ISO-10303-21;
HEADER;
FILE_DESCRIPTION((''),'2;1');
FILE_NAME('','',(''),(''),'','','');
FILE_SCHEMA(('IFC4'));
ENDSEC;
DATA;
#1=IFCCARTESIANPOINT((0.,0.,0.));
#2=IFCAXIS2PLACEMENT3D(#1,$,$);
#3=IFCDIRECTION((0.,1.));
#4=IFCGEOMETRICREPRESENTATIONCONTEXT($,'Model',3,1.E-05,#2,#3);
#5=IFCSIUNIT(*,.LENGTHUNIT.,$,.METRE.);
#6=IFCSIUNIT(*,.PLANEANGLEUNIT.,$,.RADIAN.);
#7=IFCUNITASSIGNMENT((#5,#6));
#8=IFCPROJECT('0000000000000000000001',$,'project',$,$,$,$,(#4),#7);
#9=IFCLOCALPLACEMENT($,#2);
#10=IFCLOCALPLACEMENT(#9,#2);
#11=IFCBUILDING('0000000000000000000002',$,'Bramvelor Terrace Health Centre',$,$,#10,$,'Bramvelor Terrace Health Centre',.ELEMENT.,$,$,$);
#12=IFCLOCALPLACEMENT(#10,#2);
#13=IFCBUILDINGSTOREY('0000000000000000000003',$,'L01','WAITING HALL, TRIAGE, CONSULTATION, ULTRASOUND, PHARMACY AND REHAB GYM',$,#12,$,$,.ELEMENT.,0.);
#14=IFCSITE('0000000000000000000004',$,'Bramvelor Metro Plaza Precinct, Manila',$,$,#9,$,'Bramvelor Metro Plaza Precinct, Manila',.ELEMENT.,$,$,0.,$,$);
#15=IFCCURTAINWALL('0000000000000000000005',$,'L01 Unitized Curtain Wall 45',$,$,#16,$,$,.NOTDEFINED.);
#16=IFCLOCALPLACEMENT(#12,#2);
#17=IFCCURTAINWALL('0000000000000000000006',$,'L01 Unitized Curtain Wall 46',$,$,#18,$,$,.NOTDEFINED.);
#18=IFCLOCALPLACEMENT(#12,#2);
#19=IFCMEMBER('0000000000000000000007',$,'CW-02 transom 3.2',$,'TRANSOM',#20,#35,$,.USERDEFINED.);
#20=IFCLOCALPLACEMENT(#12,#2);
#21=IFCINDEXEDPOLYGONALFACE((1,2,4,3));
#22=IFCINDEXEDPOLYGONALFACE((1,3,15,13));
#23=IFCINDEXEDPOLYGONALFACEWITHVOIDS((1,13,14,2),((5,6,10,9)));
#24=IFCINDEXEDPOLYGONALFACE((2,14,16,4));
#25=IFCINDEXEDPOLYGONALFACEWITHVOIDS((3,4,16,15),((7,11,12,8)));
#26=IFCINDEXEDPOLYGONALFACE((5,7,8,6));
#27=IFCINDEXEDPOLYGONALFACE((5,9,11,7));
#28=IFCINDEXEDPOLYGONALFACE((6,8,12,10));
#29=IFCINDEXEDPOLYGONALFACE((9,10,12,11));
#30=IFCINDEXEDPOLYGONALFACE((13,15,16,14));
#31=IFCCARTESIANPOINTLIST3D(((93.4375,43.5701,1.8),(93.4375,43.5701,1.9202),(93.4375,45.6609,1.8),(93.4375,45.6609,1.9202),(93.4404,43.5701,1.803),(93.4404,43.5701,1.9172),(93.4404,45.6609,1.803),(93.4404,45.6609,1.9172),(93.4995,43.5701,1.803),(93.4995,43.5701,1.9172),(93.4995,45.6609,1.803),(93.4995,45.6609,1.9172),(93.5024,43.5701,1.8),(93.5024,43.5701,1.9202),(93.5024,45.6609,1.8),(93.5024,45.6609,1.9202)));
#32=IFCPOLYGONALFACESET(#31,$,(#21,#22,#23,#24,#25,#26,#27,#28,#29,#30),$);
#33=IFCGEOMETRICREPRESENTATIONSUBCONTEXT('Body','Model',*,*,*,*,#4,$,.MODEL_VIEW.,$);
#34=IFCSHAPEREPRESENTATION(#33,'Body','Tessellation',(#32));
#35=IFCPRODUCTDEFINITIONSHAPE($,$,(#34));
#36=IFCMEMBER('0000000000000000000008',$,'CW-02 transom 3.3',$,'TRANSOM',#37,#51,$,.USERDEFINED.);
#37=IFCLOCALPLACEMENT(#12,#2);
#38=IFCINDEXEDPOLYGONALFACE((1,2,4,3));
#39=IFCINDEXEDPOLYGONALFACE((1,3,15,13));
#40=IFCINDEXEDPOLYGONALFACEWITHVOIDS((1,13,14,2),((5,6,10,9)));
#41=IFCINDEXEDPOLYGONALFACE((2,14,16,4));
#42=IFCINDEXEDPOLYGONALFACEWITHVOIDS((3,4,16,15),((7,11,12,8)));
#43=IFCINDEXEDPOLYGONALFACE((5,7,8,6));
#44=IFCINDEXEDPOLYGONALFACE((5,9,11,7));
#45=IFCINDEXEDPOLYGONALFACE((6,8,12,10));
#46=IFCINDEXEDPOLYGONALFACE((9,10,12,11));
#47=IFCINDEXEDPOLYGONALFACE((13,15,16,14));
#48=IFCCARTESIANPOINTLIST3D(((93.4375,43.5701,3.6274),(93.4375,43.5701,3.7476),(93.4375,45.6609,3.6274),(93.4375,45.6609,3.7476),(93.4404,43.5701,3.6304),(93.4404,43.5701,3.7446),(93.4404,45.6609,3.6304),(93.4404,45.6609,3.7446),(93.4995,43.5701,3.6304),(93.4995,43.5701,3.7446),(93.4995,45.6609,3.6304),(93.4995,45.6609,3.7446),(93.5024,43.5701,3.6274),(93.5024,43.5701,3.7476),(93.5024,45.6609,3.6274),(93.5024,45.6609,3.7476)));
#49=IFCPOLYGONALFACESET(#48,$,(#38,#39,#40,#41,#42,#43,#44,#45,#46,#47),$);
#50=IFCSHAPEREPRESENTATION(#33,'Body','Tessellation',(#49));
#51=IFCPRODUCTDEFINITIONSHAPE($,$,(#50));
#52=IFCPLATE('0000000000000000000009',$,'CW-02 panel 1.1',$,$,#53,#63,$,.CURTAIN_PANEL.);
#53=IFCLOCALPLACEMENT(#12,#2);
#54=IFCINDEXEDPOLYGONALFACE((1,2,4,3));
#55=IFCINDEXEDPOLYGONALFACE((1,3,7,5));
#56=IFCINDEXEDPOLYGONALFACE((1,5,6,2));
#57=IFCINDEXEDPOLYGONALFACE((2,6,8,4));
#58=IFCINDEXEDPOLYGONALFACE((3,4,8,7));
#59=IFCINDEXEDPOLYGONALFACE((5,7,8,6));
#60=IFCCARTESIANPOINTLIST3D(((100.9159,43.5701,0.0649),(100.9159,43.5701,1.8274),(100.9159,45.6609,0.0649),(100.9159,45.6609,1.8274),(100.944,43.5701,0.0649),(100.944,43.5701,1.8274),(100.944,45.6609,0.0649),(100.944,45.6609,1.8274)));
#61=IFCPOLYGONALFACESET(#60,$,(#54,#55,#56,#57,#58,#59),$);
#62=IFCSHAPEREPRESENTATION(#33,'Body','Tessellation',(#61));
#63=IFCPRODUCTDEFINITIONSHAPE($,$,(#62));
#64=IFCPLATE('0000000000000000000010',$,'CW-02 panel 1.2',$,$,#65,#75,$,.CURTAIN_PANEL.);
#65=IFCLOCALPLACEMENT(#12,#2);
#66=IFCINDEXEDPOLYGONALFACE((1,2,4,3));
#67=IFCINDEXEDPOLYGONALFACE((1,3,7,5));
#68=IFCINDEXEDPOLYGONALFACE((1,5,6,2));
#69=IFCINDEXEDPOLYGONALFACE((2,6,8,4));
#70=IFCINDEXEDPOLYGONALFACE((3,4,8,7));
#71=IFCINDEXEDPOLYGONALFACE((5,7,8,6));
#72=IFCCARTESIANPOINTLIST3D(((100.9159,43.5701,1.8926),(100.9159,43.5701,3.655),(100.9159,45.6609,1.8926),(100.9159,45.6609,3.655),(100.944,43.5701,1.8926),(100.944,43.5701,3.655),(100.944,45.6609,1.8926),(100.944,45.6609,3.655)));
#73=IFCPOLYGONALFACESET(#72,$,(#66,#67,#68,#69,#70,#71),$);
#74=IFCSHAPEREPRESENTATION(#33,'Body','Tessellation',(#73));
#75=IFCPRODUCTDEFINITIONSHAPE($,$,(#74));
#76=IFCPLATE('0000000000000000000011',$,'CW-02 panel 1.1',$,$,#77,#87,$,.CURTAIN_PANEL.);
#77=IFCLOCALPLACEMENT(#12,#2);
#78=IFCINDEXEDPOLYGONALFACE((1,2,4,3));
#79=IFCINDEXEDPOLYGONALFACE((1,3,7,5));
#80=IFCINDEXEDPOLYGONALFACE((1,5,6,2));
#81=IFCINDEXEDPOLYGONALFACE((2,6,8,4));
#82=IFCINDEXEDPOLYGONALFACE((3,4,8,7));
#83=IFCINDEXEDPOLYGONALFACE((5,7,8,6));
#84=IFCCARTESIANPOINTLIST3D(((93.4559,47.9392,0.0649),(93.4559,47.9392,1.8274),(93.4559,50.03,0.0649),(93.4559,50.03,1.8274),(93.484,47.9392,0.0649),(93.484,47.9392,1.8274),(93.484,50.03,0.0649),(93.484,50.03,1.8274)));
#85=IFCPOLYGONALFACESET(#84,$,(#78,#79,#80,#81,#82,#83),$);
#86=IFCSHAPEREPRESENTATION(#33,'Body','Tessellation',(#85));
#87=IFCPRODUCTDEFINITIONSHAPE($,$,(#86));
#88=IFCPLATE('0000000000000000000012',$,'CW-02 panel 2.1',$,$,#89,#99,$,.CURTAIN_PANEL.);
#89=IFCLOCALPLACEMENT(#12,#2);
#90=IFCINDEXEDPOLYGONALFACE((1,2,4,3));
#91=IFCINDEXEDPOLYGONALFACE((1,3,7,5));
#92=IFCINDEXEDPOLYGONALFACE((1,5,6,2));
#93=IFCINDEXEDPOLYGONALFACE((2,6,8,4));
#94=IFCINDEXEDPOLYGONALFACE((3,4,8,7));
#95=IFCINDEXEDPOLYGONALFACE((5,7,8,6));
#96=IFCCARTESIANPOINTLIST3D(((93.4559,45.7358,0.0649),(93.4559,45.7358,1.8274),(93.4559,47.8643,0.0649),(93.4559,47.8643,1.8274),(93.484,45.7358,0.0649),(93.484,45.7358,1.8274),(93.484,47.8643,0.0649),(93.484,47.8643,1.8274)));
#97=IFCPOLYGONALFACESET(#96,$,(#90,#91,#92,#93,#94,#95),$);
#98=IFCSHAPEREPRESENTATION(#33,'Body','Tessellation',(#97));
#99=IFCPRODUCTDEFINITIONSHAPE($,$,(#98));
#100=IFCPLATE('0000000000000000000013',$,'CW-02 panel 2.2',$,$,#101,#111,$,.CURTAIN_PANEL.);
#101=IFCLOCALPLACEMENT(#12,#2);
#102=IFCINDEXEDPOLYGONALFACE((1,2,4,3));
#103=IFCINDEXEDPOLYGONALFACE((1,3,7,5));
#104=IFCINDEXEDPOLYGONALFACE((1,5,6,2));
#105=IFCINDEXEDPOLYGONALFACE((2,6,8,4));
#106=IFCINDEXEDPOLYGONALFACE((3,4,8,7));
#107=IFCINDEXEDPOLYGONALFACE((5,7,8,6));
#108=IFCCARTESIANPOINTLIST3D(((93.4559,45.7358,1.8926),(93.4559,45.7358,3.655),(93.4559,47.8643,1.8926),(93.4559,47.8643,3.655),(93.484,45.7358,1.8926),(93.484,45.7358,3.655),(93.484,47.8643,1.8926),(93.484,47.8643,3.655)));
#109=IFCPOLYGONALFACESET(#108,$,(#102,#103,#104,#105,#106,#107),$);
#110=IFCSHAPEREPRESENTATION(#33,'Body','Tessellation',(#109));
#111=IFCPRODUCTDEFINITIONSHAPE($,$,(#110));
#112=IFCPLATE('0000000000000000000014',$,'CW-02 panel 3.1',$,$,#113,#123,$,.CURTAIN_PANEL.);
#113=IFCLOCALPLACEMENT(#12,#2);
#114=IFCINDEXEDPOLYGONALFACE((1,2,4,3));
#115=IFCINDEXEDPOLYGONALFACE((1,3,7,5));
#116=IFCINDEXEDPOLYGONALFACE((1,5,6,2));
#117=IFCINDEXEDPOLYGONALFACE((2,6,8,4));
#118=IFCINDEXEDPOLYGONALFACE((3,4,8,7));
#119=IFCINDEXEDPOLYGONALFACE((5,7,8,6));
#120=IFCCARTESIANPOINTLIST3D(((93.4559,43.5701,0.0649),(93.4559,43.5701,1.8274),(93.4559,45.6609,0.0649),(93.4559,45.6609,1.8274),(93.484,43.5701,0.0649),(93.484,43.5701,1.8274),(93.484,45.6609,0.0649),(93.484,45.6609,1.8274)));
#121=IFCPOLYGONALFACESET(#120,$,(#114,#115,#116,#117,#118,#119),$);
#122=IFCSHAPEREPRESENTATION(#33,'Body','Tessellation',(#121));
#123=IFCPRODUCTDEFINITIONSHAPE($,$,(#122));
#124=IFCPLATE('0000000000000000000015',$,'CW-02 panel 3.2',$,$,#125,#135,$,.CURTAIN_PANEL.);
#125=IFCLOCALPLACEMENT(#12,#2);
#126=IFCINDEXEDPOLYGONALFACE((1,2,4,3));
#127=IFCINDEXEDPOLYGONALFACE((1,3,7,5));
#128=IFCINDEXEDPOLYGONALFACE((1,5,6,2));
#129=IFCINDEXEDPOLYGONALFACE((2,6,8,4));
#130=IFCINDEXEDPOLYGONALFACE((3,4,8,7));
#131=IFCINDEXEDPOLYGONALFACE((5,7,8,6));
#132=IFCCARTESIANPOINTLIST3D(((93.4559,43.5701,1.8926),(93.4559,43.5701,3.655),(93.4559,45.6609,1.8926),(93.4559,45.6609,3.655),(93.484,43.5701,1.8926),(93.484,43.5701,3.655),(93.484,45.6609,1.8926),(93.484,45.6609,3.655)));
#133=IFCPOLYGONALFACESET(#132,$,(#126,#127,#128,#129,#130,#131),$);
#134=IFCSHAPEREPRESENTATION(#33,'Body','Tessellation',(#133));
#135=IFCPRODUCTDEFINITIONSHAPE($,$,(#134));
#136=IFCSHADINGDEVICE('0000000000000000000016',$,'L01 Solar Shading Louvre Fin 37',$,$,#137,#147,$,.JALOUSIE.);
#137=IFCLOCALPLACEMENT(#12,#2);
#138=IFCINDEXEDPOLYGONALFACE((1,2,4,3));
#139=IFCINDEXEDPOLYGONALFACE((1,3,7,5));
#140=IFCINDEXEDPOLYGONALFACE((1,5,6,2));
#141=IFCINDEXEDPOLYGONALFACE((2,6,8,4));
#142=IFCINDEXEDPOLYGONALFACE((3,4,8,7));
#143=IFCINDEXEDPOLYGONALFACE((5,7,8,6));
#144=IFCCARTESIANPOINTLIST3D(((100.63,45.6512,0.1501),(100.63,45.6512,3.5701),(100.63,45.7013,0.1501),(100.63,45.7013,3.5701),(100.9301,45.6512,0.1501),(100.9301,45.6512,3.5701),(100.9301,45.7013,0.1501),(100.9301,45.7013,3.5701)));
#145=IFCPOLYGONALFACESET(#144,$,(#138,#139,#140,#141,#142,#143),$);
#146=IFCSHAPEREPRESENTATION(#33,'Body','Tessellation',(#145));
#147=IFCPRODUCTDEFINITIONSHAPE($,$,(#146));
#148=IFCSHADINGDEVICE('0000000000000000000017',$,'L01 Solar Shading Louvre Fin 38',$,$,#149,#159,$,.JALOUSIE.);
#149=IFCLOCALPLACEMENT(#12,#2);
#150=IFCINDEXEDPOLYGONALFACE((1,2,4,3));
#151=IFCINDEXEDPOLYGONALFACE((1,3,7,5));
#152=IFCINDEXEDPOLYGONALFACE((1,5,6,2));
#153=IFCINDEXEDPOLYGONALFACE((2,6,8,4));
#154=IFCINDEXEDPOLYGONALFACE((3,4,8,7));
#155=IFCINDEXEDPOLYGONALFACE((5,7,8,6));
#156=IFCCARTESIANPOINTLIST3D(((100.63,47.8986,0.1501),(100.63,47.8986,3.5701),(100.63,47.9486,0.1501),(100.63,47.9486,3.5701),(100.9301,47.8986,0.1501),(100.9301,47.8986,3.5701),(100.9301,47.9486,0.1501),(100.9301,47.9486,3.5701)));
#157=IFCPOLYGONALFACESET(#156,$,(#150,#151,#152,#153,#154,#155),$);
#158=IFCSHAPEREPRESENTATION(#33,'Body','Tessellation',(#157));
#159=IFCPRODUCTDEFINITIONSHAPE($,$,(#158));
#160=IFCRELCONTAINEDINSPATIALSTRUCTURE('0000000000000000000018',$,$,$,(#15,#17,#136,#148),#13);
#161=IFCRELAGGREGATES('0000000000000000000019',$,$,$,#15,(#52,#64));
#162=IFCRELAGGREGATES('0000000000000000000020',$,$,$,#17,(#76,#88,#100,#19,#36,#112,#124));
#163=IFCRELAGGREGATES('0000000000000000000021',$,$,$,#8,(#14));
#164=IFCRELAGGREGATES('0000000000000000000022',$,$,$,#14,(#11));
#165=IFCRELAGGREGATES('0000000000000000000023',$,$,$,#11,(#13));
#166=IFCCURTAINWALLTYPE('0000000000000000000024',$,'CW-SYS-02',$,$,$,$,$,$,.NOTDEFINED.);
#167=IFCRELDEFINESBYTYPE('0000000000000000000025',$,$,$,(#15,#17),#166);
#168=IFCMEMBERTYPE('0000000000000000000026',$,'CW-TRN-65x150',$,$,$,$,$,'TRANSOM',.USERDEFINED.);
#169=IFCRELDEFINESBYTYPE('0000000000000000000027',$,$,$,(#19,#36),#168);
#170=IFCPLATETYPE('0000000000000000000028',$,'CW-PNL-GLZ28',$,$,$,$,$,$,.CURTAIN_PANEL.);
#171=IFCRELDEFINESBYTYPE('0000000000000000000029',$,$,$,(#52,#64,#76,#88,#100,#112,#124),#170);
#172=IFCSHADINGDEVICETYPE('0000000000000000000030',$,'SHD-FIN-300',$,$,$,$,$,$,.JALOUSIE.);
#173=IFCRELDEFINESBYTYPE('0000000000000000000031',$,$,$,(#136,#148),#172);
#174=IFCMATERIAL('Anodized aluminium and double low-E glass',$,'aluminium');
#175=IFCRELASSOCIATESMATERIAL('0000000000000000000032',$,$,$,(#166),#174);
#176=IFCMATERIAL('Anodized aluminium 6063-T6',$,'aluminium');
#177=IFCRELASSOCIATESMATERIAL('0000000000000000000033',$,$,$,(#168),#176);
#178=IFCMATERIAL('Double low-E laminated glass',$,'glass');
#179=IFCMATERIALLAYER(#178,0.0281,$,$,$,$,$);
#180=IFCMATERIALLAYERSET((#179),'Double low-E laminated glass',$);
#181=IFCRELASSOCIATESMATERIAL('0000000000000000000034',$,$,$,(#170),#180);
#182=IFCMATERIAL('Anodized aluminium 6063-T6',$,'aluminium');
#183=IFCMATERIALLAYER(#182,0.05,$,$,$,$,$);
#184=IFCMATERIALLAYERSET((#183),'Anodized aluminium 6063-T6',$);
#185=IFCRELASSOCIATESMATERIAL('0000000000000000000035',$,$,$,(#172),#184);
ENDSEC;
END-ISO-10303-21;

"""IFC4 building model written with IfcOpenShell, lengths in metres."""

from ifc_helpers import new_model, si_unit, direction, frame, origin, origin_2d, place, context, subcontext, project, spatial, rectangle, hollow_rectangle, extrude, material, layer, layer_set, material_profile, profile_set, type_object, element, aggregate, save


model = new_model("IFC4")

# Units and contexts
model_context = context("Model", 3, precision=1e-05, world=origin(), true_north=direction((0.0, 1.0)))
body_context = subcontext(model_context, "Body", "Model", "MODEL_VIEW")
ifc_project = project(units=[si_unit("LENGTHUNIT", "METRE"), si_unit("PLANEANGLEUNIT", "RADIAN")], contexts=[model_context])

# Site, building, storey
site_placement = place(None, origin())
site = spatial("IfcSite", under=ifc_project, at=site_placement, Name="Bramvelor Metro Plaza Precinct, Manila", LongName="Bramvelor Metro Plaza Precinct, Manila", CompositionType="ELEMENT", RefElevation=0.0)
building_placement = place(site_placement, origin())
building = spatial("IfcBuilding", under=site, at=building_placement, Name="Bramvelor Terrace Health Centre", LongName="Bramvelor Terrace Health Centre", CompositionType="ELEMENT")
storey_placement = place(building_placement, origin())
storey = spatial("IfcBuildingStorey", under=building, at=storey_placement, Name="L01", Description="WAITING HALL, TRIAGE, CONSULTATION, ULTRASOUND, PHARMACY AND REHAB GYM", CompositionType="ELEMENT", Elevation=0.0)

# Curtain wall
ifc_material_1 = material(Name="Anodized aluminium and double low-E glass", Category="aluminium")
curtain_wall_type = type_object("IfcCurtainWallType", Name="CW-SYS-02", PredefinedType="NOTDEFINED", material=ifc_material_1)
curtain_wall_1_placement = place(storey_placement, origin())
curtain_wall_1 = element("IfcCurtainWall", 1, at=curtain_wall_1_placement, inside=storey, type_object=curtain_wall_type, Name="L01 Unitized Curtain Wall 45", PredefinedType="NOTDEFINED")

# Curtain wall
curtain_wall_2_placement = place(storey_placement, origin())
curtain_wall_2 = element("IfcCurtainWall", 2, at=curtain_wall_2_placement, inside=storey, type_object=curtain_wall_type, Name="L01 Unitized Curtain Wall 46", PredefinedType="NOTDEFINED")

# Members
ifc_material_2 = material(Name="Anodized aluminium 6063-T6", Category="aluminium")
ifc_material_profile_1 = material_profile(ifc_material_2, hollow_rectangle(XDim=0.0649, YDim=0.1201, WallThickness=0.0029, at=origin_2d()), Name="ALU-TRN 65x120x3.0")
ifc_profile_set_1 = profile_set([ifc_material_profile_1], Name="Anodized aluminium 6063-T6")
member_type_1 = type_object("IfcMemberType", Name="CW-TRN-65x150", ElementType="TRANSOM", PredefinedType="USERDEFINED", material=ifc_profile_set_1)
member_1_placement = place(storey_placement, frame((93.47, 45.6609, 1.8601), z_axis=(0.0, -1.0, 0.0), x_axis=(1.0, 0.0, 0.0)))
member_1 = element("IfcMember", 3, at=member_1_placement, type_object=member_type_1, Name="CW-02 transom 3.2", ObjectType="TRANSOM", PredefinedType="USERDEFINED", context=body_context, shape_type="SweptSolid", body=[
    extrude(hollow_rectangle(XDim=0.0649, YDim=0.1201, WallThickness=0.0029, at=origin_2d()), origin(), (0.0, 0.0, 1.0), 2.0908),
])
member_2_placement = place(storey_placement, frame((93.47, 45.6609, 3.6875), z_axis=(0.0, -1.0, 0.0), x_axis=(1.0, 0.0, 0.0)))
member_2 = element("IfcMember", 4, at=member_2_placement, type_object=member_type_1, Name="CW-02 transom 3.3", ObjectType="TRANSOM", PredefinedType="USERDEFINED", context=body_context, shape_type="SweptSolid", body=[
    extrude(hollow_rectangle(XDim=0.0649, YDim=0.1201, WallThickness=0.0029, at=origin_2d()), origin(), (0.0, 0.0, 1.0), 2.0908),
])

# Plates
ifc_material_3 = material(Name="Double low-E laminated glass", Category="glass")
ifc_layer_1 = layer(ifc_material_3, 0.0281)
ifc_layer_set_1 = layer_set([ifc_layer_1], Name="Double low-E laminated glass")
plate_type = type_object("IfcPlateType", Name="CW-PNL-GLZ28", PredefinedType="CURTAIN_PANEL", material=ifc_layer_set_1)
plate_1_placement = place(storey_placement, frame((100.9299, 44.6155, 0.0649), z_axis=(0.0, 0.0, 1.0), x_axis=(0.0, 1.0, 0.0)))
plate_1 = element("IfcPlate", 5, at=plate_1_placement, type_object=plate_type, Name="CW-02 panel 1.1", PredefinedType="CURTAIN_PANEL", context=body_context, shape_type="SweptSolid", body=[
    extrude(rectangle(XDim=2.0908, YDim=0.0281, at=origin_2d()), origin(), (0.0, 0.0, 1.0), 1.7625),
])
plate_2_placement = place(storey_placement, frame((100.9299, 44.6155, 1.8926), z_axis=(0.0, 0.0, 1.0), x_axis=(0.0, 1.0, 0.0)))
plate_2 = element("IfcPlate", 6, at=plate_2_placement, type_object=plate_type, Name="CW-02 panel 1.2", PredefinedType="CURTAIN_PANEL", context=body_context, shape_type="SweptSolid", body=[
    extrude(rectangle(XDim=2.0908, YDim=0.0281, at=origin_2d()), origin(), (0.0, 0.0, 1.0), 1.7625),
])
aggregate(curtain_wall_1, [plate_1, plate_2])
plate_3_placement = place(storey_placement, frame((93.47, 48.9846, 0.0649), z_axis=(0.0, 0.0, 1.0), x_axis=(0.0, -1.0, 0.0)))
plate_3 = element("IfcPlate", 7, at=plate_3_placement, type_object=plate_type, Name="CW-02 panel 1.1", PredefinedType="CURTAIN_PANEL", context=body_context, shape_type="SweptSolid", body=[
    extrude(rectangle(XDim=2.0908, YDim=0.0281, at=origin_2d()), origin(), (0.0, 0.0, 1.0), 1.7625),
])
plate_4_placement = place(storey_placement, frame((93.47, 46.8, 0.0649), z_axis=(0.0, 0.0, 1.0), x_axis=(0.0, -1.0, 0.0)))
plate_4 = element("IfcPlate", 8, at=plate_4_placement, type_object=plate_type, Name="CW-02 panel 2.1", PredefinedType="CURTAIN_PANEL", context=body_context, shape_type="SweptSolid", body=[
    extrude(rectangle(XDim=2.1284, YDim=0.0281, at=origin_2d()), origin(), (0.0, 0.0, 1.0), 1.7625),
])
plate_5_placement = place(storey_placement, frame((93.47, 46.8, 1.8926), z_axis=(0.0, 0.0, 1.0), x_axis=(0.0, -1.0, 0.0)))
plate_5 = element("IfcPlate", 9, at=plate_5_placement, type_object=plate_type, Name="CW-02 panel 2.2", PredefinedType="CURTAIN_PANEL", context=body_context, shape_type="SweptSolid", body=[
    extrude(rectangle(XDim=2.1284, YDim=0.0281, at=origin_2d()), origin(), (0.0, 0.0, 1.0), 1.7625),
])
plate_6_placement = place(storey_placement, frame((93.47, 44.6155, 0.0649), z_axis=(0.0, 0.0, 1.0), x_axis=(0.0, -1.0, 0.0)))
plate_6 = element("IfcPlate", 10, at=plate_6_placement, type_object=plate_type, Name="CW-02 panel 3.1", PredefinedType="CURTAIN_PANEL", context=body_context, shape_type="SweptSolid", body=[
    extrude(rectangle(XDim=2.0908, YDim=0.0281, at=origin_2d()), origin(), (0.0, 0.0, 1.0), 1.7625),
])
plate_7_placement = place(storey_placement, frame((93.47, 44.6155, 1.8926), z_axis=(0.0, 0.0, 1.0), x_axis=(0.0, -1.0, 0.0)))
plate_7 = element("IfcPlate", 11, at=plate_7_placement, type_object=plate_type, Name="CW-02 panel 3.2", PredefinedType="CURTAIN_PANEL", context=body_context, shape_type="SweptSolid", body=[
    extrude(rectangle(XDim=2.0908, YDim=0.0281, at=origin_2d()), origin(), (0.0, 0.0, 1.0), 1.7625),
])
aggregate(curtain_wall_2, [plate_3, plate_4, plate_5, member_1, member_2, plate_6, plate_7])

# Shading devices
ifc_material_4 = material(Name="Anodized aluminium 6063-T6", Category="aluminium")
ifc_layer_2 = layer(ifc_material_4, 0.05)
ifc_layer_set_2 = layer_set([ifc_layer_2], Name="Anodized aluminium 6063-T6")
shading_device_type = type_object("IfcShadingDeviceType", Name="SHD-FIN-300", PredefinedType="JALOUSIE", material=ifc_layer_set_2)
for number, where, z_axis, x_axis, name in (
    (12, (100.78, 45.6763, 0.1501), (0.0, 0.0, 1.0), (1.0, 0.0, 0.0), "L01 Solar Shading Louvre Fin 37"),
    (13, (100.78, 47.9236, 0.1501), (0.0, 0.0, 1.0), (1.0, 0.0, 0.0), "L01 Solar Shading Louvre Fin 38"),
):
    element("IfcShadingDevice", number, at=place(storey_placement, frame(where, z_axis=z_axis, x_axis=x_axis)), inside=storey, type_object=shading_device_type, Name=name, PredefinedType="JALOUSIE", context=body_context, shape_type="SweptSolid", body=[
        extrude(rectangle(XDim=0.3, YDim=0.05, at=origin_2d()), origin(), (0.0, 0.0, 1.0), 3.4199),
    ])

save(model, "model.ifc")
